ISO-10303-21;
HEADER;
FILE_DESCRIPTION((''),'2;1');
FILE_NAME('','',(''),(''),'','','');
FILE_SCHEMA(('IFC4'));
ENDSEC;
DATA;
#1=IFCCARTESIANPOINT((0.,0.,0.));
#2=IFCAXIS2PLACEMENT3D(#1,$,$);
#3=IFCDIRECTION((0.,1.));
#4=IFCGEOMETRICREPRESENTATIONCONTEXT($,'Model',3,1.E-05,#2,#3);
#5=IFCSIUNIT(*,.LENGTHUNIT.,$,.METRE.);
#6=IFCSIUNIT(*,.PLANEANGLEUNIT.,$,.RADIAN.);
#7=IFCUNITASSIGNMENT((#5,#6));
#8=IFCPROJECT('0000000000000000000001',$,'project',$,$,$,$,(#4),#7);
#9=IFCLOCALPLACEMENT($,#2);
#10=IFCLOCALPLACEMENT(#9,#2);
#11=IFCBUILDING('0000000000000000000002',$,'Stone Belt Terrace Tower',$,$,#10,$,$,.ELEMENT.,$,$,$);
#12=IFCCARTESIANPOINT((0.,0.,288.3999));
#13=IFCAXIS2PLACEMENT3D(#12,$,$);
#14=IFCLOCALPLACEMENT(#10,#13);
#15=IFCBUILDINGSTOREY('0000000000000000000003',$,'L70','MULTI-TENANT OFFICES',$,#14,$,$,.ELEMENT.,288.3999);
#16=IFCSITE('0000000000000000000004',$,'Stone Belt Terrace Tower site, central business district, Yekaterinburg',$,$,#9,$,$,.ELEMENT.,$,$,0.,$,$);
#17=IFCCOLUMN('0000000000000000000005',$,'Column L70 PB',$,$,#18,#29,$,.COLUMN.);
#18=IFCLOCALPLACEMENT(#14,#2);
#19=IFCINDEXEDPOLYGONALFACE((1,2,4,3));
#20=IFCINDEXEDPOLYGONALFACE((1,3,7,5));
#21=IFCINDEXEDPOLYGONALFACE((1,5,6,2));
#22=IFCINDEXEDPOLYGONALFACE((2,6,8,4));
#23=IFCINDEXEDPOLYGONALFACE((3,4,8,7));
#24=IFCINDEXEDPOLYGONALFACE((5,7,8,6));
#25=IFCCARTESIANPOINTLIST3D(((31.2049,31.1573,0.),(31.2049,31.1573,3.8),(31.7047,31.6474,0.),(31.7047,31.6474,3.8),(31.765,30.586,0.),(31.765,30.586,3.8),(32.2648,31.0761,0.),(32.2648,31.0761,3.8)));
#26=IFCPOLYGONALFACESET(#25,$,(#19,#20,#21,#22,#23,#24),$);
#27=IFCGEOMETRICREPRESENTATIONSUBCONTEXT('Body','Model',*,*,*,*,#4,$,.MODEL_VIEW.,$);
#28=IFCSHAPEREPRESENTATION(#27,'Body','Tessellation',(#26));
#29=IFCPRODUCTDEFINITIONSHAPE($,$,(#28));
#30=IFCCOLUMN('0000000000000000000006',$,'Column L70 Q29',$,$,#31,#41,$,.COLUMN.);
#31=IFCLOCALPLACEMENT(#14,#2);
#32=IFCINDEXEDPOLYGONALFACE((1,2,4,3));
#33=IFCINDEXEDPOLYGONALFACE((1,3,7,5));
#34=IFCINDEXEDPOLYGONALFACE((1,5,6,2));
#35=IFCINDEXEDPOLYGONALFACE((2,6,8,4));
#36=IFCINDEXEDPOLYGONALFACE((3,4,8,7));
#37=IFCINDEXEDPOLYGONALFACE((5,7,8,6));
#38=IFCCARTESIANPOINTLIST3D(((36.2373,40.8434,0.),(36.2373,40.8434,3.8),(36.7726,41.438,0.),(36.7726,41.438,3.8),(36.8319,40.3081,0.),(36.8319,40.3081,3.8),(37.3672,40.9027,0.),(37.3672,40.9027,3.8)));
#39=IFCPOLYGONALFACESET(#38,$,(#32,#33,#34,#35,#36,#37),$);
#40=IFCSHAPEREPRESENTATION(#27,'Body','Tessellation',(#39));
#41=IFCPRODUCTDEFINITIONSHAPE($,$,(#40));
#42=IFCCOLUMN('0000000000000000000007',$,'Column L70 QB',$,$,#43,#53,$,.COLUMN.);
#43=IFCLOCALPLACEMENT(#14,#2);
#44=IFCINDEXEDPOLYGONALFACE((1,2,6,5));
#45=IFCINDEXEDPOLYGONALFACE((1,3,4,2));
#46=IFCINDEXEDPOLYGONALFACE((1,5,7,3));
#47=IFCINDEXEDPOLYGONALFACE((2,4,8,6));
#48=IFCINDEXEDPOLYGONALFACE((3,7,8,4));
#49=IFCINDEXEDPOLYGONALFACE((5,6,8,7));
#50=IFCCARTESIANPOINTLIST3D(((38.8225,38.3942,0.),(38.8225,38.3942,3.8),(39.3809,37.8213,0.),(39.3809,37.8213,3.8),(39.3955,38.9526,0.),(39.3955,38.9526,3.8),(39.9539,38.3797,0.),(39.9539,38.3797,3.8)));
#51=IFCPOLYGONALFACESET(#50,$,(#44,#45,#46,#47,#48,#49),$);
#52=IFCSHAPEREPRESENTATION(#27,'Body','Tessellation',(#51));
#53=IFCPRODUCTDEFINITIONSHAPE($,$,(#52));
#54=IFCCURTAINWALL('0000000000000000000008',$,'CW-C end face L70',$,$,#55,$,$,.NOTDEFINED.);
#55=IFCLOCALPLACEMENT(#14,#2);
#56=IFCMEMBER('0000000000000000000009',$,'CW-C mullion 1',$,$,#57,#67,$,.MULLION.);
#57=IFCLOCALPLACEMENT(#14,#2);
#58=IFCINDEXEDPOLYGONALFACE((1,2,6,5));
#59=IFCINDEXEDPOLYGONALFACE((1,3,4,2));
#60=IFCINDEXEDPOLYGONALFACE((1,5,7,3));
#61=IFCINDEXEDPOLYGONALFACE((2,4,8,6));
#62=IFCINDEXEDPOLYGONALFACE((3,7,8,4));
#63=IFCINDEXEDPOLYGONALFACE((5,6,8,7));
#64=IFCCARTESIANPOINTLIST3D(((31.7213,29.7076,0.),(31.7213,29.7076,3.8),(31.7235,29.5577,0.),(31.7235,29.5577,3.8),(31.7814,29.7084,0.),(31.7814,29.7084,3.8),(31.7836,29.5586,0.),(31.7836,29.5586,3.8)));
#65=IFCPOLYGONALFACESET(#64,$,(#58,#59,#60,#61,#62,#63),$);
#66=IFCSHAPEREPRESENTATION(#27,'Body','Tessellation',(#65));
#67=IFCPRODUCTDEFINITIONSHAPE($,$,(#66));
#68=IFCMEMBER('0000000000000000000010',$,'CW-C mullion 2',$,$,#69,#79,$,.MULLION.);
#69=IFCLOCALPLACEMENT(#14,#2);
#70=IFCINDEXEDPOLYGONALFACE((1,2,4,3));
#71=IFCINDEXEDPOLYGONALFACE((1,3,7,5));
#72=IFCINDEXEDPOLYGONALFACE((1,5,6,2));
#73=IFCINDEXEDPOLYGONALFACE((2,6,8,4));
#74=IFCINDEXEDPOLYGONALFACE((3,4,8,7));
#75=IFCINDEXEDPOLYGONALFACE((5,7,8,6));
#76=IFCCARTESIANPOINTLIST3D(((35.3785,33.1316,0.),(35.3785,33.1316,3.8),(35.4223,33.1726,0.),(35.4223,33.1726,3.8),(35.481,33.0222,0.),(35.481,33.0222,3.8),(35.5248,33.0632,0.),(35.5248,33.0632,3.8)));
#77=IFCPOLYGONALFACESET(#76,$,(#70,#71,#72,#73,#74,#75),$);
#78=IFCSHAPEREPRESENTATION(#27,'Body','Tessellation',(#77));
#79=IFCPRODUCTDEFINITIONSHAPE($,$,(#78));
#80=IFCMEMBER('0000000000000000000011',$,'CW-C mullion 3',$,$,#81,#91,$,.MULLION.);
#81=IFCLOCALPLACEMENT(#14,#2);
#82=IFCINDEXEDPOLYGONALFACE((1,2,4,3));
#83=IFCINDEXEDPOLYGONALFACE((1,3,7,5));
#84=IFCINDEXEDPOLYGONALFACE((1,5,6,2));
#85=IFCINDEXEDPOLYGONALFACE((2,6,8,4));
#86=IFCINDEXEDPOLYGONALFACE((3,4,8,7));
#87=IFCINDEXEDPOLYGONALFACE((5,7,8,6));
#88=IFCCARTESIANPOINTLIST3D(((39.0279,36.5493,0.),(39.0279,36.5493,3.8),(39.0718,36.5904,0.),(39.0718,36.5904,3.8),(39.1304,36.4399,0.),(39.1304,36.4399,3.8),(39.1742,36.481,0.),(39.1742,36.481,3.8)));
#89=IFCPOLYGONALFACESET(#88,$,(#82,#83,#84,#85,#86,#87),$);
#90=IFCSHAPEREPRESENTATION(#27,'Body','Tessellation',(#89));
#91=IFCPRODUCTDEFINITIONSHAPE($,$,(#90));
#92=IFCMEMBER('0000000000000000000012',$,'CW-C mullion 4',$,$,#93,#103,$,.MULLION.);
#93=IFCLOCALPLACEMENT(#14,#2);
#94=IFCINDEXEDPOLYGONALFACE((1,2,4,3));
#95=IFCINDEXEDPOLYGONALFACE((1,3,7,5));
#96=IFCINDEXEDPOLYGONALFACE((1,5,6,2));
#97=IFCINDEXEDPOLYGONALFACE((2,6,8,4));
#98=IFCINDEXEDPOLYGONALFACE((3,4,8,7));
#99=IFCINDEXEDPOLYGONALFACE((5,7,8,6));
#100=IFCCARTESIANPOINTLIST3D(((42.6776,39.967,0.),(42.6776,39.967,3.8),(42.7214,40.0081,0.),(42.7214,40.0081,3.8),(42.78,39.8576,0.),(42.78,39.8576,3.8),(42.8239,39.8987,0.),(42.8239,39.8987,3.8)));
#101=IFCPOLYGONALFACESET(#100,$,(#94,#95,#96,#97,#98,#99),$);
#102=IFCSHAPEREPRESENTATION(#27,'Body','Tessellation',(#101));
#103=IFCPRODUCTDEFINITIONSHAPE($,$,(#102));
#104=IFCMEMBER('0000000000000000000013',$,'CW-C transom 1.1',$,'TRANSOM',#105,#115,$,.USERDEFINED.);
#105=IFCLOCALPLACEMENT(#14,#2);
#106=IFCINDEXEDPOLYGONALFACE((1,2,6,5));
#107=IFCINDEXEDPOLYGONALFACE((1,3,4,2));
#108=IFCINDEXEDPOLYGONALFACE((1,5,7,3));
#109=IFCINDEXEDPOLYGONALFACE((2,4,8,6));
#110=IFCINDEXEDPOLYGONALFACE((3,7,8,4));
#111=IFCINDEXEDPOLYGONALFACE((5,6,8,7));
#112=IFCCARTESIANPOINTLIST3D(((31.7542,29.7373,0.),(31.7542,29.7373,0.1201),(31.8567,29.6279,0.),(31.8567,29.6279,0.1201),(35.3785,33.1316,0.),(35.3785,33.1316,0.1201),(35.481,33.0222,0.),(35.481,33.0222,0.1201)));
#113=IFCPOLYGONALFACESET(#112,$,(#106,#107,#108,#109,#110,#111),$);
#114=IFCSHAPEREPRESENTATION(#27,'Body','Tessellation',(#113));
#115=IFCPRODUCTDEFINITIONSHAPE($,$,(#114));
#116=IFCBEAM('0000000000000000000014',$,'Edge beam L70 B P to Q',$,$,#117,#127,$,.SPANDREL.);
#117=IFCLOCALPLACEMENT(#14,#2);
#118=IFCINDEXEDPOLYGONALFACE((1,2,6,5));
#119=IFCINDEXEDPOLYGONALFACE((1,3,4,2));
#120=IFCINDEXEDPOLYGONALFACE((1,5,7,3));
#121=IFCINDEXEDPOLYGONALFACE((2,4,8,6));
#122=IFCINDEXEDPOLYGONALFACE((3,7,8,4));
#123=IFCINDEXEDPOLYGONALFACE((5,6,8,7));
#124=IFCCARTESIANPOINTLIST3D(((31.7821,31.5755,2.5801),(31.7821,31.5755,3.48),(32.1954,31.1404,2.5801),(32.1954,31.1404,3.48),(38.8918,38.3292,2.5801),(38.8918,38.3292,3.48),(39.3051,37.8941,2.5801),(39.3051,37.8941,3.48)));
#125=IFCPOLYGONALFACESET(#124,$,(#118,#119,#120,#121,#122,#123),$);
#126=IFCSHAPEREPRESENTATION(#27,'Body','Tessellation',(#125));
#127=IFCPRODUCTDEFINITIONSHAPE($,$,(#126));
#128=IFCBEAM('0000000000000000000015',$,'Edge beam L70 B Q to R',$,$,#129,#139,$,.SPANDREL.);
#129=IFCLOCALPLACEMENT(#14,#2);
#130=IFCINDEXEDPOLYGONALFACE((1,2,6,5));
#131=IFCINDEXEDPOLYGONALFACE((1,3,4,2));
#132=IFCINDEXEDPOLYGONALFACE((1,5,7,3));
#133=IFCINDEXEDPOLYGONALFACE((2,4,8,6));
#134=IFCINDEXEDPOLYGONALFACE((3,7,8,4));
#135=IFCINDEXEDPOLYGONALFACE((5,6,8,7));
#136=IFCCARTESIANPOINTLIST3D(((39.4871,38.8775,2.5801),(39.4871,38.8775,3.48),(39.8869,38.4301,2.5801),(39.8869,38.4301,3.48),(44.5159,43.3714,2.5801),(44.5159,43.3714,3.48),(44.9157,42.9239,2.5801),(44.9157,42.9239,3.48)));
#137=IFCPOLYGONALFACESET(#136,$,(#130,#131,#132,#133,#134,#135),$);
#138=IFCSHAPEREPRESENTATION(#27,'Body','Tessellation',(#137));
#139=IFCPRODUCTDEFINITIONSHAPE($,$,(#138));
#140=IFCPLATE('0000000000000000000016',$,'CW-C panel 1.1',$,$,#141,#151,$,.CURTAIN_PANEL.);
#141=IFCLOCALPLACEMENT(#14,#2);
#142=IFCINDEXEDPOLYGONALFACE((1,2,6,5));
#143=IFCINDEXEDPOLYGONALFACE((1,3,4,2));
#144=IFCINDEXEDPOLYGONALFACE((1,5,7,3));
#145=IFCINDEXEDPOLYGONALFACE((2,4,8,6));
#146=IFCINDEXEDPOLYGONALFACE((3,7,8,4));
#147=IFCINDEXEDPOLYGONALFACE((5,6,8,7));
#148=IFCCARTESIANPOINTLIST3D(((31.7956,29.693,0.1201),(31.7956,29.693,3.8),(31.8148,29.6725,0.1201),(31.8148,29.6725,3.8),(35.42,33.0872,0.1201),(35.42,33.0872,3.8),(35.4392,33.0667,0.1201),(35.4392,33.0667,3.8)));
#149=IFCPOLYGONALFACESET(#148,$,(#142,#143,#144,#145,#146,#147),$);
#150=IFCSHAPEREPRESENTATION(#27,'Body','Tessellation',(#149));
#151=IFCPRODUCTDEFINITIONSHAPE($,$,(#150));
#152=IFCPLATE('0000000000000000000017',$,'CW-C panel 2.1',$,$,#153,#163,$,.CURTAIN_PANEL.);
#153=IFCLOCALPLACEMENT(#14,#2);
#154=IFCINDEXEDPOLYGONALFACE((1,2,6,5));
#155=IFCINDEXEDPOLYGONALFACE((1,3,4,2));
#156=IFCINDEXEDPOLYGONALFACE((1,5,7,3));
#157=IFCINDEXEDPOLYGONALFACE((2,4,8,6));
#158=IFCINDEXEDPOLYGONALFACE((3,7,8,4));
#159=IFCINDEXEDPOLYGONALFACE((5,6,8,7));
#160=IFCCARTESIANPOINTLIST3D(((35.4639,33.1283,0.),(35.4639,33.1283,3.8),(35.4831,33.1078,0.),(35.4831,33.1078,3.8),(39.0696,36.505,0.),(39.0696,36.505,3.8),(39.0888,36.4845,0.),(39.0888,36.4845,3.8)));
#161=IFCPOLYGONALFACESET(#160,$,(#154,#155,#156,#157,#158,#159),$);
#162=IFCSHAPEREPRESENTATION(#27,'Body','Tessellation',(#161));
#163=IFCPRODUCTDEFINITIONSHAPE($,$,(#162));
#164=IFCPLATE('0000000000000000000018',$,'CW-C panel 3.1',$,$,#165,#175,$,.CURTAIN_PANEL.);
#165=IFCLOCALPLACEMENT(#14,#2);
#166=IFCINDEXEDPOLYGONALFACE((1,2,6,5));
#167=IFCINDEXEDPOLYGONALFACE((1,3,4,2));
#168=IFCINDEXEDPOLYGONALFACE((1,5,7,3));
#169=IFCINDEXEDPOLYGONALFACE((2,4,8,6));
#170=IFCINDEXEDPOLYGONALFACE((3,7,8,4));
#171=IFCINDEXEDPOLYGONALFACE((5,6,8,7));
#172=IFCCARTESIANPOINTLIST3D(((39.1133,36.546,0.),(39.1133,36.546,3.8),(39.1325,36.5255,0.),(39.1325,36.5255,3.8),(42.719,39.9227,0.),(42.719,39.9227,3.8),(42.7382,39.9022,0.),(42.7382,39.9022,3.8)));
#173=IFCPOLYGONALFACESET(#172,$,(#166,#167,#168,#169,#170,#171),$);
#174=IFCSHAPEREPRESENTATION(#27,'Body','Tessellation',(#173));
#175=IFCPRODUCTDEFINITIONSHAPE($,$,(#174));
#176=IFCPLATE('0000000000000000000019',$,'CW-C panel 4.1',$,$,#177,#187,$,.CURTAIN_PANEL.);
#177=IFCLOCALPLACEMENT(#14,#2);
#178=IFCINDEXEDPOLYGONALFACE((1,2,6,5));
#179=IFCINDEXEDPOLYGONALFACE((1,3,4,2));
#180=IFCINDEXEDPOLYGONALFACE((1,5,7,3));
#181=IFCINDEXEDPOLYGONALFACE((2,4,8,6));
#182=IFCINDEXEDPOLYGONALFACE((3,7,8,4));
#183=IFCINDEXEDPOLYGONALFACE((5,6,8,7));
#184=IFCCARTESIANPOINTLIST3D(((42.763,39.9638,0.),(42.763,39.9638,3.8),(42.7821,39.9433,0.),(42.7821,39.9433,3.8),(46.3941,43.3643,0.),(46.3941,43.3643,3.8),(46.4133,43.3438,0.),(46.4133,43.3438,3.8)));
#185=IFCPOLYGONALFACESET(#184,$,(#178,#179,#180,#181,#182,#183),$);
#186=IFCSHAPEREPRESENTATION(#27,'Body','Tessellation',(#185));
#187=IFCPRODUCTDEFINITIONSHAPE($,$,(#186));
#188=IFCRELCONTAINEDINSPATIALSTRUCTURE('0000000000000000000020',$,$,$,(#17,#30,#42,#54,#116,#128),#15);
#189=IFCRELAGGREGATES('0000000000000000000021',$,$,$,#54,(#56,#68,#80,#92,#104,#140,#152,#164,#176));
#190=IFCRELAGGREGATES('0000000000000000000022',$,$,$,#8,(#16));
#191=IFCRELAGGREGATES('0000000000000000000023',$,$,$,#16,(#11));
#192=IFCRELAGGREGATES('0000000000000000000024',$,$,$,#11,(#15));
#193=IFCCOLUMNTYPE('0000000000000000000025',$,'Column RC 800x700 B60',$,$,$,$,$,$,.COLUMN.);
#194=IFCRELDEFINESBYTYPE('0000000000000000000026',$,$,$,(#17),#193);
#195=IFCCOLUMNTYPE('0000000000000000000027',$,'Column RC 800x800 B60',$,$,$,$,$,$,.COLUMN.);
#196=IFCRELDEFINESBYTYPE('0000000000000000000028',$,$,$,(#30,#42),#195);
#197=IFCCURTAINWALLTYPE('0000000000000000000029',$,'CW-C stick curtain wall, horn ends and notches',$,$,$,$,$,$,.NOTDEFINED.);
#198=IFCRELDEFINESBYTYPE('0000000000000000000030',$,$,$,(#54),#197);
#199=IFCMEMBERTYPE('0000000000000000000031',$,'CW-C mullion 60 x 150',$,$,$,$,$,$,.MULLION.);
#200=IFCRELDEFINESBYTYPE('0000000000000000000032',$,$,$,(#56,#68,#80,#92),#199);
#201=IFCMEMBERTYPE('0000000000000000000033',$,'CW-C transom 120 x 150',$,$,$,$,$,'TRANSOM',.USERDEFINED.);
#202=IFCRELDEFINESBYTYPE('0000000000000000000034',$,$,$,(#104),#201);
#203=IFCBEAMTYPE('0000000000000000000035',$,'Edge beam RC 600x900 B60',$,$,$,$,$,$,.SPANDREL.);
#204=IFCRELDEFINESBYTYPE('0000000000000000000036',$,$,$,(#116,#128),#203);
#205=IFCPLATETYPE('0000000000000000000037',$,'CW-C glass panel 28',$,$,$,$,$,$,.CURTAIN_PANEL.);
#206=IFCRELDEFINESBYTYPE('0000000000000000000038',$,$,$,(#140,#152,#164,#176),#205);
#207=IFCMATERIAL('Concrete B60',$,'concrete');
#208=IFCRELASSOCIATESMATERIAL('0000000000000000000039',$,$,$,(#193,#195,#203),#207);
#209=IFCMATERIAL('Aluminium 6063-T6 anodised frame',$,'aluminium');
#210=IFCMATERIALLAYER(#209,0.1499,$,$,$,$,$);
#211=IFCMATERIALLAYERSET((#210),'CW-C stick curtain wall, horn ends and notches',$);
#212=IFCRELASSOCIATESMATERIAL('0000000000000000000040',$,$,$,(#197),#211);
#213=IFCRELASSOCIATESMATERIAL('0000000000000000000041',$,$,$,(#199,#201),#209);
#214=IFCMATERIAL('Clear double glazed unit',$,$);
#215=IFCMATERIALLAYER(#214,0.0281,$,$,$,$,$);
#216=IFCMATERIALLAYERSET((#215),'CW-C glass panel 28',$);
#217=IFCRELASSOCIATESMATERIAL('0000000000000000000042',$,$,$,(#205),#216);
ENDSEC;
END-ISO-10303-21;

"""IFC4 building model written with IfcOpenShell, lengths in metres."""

from ifc_helpers import new_model, si_unit, direction, frame, origin, origin_2d, place, context, subcontext, project, spatial, rectangle, extrude, material, layer, layer_set, material_profile, profile_set, type_object, element, aggregate, save


model = new_model("IFC4")

# Units and contexts
model_context = context("Model", 3, precision=1e-05, world=origin(), true_north=direction((0.0, 1.0)))
body_context = subcontext(model_context, "Body", "Model", "MODEL_VIEW")
ifc_project = project(units=[si_unit("LENGTHUNIT", "METRE"), si_unit("PLANEANGLEUNIT", "RADIAN")], contexts=[model_context])

# Site, building, storey
site_placement = place(None, origin())
site = spatial("IfcSite", under=ifc_project, at=site_placement, Name="Stone Belt Terrace Tower site, central business district, Yekaterinburg", CompositionType="ELEMENT", RefElevation=0.0)
building_placement = place(site_placement, origin())
building = spatial("IfcBuilding", under=site, at=building_placement, Name="Stone Belt Terrace Tower", CompositionType="ELEMENT")
storey_placement = place(building_placement, frame((0.0, 0.0, 288.3999)))
storey = spatial("IfcBuildingStorey", under=building, at=storey_placement, Name="L70", Description="MULTI-TENANT OFFICES", CompositionType="ELEMENT", Elevation=288.3999)

# Columns
ifc_material_1 = material(Name="Concrete B60", Category="concrete")
ifc_material_profile_1 = material_profile(ifc_material_1, rectangle(XDim=0.8, YDim=0.7, at=origin_2d()), Name="RC 800x700")
ifc_profile_set_1 = profile_set([ifc_material_profile_1], Name="Concrete B60")
column_type_1 = type_object("IfcColumnType", Name="Column RC 800x700 B60", PredefinedType="COLUMN", material=ifc_profile_set_1)
column_placement = place(storey_placement, frame((31.7349, 31.1167, 0.0), z_axis=(0.0, 0.0, 1.0), x_axis=(0.70012, -0.714026, 0.0)))
element("IfcColumn", 1, at=column_placement, inside=storey, type_object=column_type_1, Name="Column L70 PB", PredefinedType="COLUMN", context=body_context, shape_type="SweptSolid", body=[
    extrude(rectangle(XDim=0.8, YDim=0.7, at=origin_2d()), origin(), (0.0, 0.0, 1.0), 3.8),
])
ifc_material_profile_2 = material_profile(ifc_material_1, rectangle(XDim=0.8, YDim=0.8, at=origin_2d()), Name="RC 800x800")
ifc_profile_set_2 = profile_set([ifc_material_profile_2], Name="Concrete B60")
column_type_2 = type_object("IfcColumnType", Name="Column RC 800x800 B60", PredefinedType="COLUMN", material=ifc_profile_set_2)
for number, where, z_axis, x_axis, name in (
    (2, (36.8022, 40.873, 0.0), (0.0, 0.0, 1.0), (0.743145, -0.669131, 0.0), "Column L70 Q29"),
    (3, (39.3882, 38.387, 0.0), (0.0, 0.0, 1.0), (0.697944, -0.716152, 0.0), "Column L70 QB"),
):
    element("IfcColumn", number, at=place(storey_placement, frame(where, z_axis=z_axis, x_axis=x_axis)), inside=storey, type_object=column_type_2, Name=name, PredefinedType="COLUMN", context=body_context, shape_type="SweptSolid", body=[
        extrude(rectangle(XDim=0.8, YDim=0.8, at=origin_2d()), origin(), (0.0, 0.0, 1.0), 3.8),
    ])

# Curtain wall, members
ifc_material_2 = material(Name="Aluminium 6063-T6 anodised frame", Category="aluminium")
ifc_layer_1 = layer(ifc_material_2, 0.1499)
ifc_layer_set_1 = layer_set([ifc_layer_1], Name="CW-C stick curtain wall, horn ends and notches")
curtain_wall_type = type_object("IfcCurtainWallType", Name="CW-C stick curtain wall, horn ends and notches", PredefinedType="NOTDEFINED", material=ifc_layer_set_1)
curtain_wall_placement = place(storey_placement, origin())
curtain_wall = element("IfcCurtainWall", 4, at=curtain_wall_placement, inside=storey, type_object=curtain_wall_type, Name="CW-C end face L70", PredefinedType="NOTDEFINED")
ifc_material_profile_3 = material_profile(ifc_material_2, rectangle(XDim=0.1499, YDim=0.0601, at=origin_2d()), Name="Aluminium 6063-T6 60x150")
ifc_profile_set_3 = profile_set([ifc_material_profile_3], Name="Aluminium 6063-T6 anodised frame")
member_type_1 = type_object("IfcMemberType", Name="CW-C mullion 60 x 150", PredefinedType="MULLION", material=ifc_profile_set_3)
member_1_placement = place(storey_placement, frame((31.7524, 29.6331, 0.0), z_axis=(0.0, 0.0, 1.0), x_axis=(-0.014682, 0.999892, 0.0)))
member_1 = element("IfcMember", 5, at=member_1_placement, type_object=member_type_1, Name="CW-C mullion 1", PredefinedType="MULLION", context=body_context, shape_type="SweptSolid", body=[
    extrude(rectangle(XDim=0.1499, YDim=0.0601, at=origin_2d()), origin(), (0.0, 0.0, 1.0), 3.8),
])
member_2_placement = place(storey_placement, frame((35.4517, 33.0974, 0.0), z_axis=(0.0, 0.0, 1.0), x_axis=(-0.683549, 0.729904, 0.0)))
member_2 = element("IfcMember", 6, at=member_2_placement, type_object=member_type_1, Name="CW-C mullion 2", PredefinedType="MULLION", context=body_context, shape_type="SweptSolid", body=[
    extrude(rectangle(XDim=0.1499, YDim=0.0601, at=origin_2d()), origin(), (0.0, 0.0, 1.0), 3.8),
])
member_3_placement = place(storey_placement, frame((39.1011, 36.5151, 0.0), z_axis=(0.0, 0.0, 1.0), x_axis=(-0.683549, 0.729904, 0.0)))
member_3 = element("IfcMember", 7, at=member_3_placement, type_object=member_type_1, Name="CW-C mullion 3", PredefinedType="MULLION", context=body_context, shape_type="SweptSolid", body=[
    extrude(rectangle(XDim=0.1499, YDim=0.0601, at=origin_2d()), origin(), (0.0, 0.0, 1.0), 3.8),
])
member_4_placement = place(storey_placement, frame((42.7507, 39.9329, 0.0), z_axis=(0.0, 0.0, 1.0), x_axis=(-0.683549, 0.729904, 0.0)))
member_4 = element("IfcMember", 8, at=member_4_placement, type_object=member_type_1, Name="CW-C mullion 4", PredefinedType="MULLION", context=body_context, shape_type="SweptSolid", body=[
    extrude(rectangle(XDim=0.1499, YDim=0.0601, at=origin_2d()), origin(), (0.0, 0.0, 1.0), 3.8),
])
ifc_material_profile_4 = material_profile(ifc_material_2, rectangle(XDim=0.1499, YDim=0.1201, at=origin_2d()), Name="Aluminium 6063-T6 150x120")
ifc_profile_set_4 = profile_set([ifc_material_profile_4], Name="Aluminium 6063-T6 anodised frame")
member_type_2 = type_object("IfcMemberType", Name="CW-C transom 120 x 150", ElementType="TRANSOM", PredefinedType="USERDEFINED", material=ifc_profile_set_4)
member_5_placement = place(storey_placement, frame((31.8054, 29.6826, 0.0601), z_axis=(0.729885, 0.68357, 0.0), x_axis=(-0.68357, 0.729885, 0.0)))
member_5 = element("IfcMember", 9, at=member_5_placement, type_object=member_type_2, Name="CW-C transom 1.1", ObjectType="TRANSOM", PredefinedType="USERDEFINED", context=body_context, shape_type="SweptSolid", body=[
    extrude(rectangle(XDim=0.1499, YDim=0.1201, at=origin_2d()), origin(), (0.0, 0.0, 1.0), 4.9656),
])

# Beams
ifc_material_profile_5 = material_profile(ifc_material_1, rectangle(XDim=0.6001, YDim=0.8999, at=origin_2d()), Name="RC 600x900")
ifc_profile_set_5 = profile_set([ifc_material_profile_5], Name="Concrete B60")
beam_type = type_object("IfcBeamType", Name="Edge beam RC 600x900 B60", PredefinedType="SPANDREL", material=ifc_profile_set_5)
beam_1_placement = place(storey_placement, frame((31.9888, 31.3579, 3.03), z_axis=(0.725024, 0.688724, 0.0), x_axis=(-0.688724, 0.725024, 0.0)))
element("IfcBeam", 10, at=beam_1_placement, inside=storey, type_object=beam_type, Name="Edge beam L70 B P to Q", PredefinedType="SPANDREL", context=body_context, shape_type="SweptSolid", body=[
    extrude(rectangle(XDim=0.6001, YDim=0.8999, at=origin_2d()), origin(), (0.0, 0.0, 1.0), 9.8062),
])
beam_2_placement = place(storey_placement, frame((39.687, 38.6538, 3.03), z_axis=(0.745651, 0.666337, 0.0), x_axis=(-0.666337, 0.745651, 0.0)))
element("IfcBeam", 11, at=beam_2_placement, inside=storey, type_object=beam_type, Name="Edge beam L70 B Q to R", PredefinedType="SPANDREL", context=body_context, shape_type="SweptSolid", body=[
    extrude(rectangle(XDim=0.6001, YDim=0.8999, at=origin_2d()), origin(), (0.0, 0.0, 1.0), 6.7441),
])

# Plates
ifc_material_3 = material(Name="Clear double glazed unit")
ifc_layer_2 = layer(ifc_material_3, 0.0281)
ifc_layer_set_2 = layer_set([ifc_layer_2], Name="CW-C glass panel 28")
plate_type = type_object("IfcPlateType", Name="CW-C glass panel 28", PredefinedType="CURTAIN_PANEL", material=ifc_layer_set_2)
plate_1_placement = place(storey_placement, frame((33.6174, 31.3799, 0.1201), z_axis=(0.0, 0.0, 1.0), x_axis=(0.729904, 0.683549, 0.0)))
plate_1 = element("IfcPlate", 12, at=plate_1_placement, type_object=plate_type, Name="CW-C panel 1.1", PredefinedType="CURTAIN_PANEL", context=body_context, shape_type="SweptSolid", body=[
    extrude(rectangle(XDim=4.9656, YDim=0.0281, at=origin_2d()), origin(), (0.0, 0.0, 1.0), 3.6799),
])
plate_2_placement = place(storey_placement, frame((37.2764, 34.8064, 0.0), z_axis=(0.0, 0.0, 1.0), x_axis=(0.729904, 0.683549, 0.0)))
plate_2 = element("IfcPlate", 13, at=plate_2_placement, type_object=plate_type, Name="CW-C panel 2.1", PredefinedType="CURTAIN_PANEL", context=body_context, shape_type="SweptSolid", body=[
    extrude(rectangle(XDim=4.9399, YDim=0.0281, at=origin_2d()), origin(), (0.0, 0.0, 1.0), 3.8),
])
plate_3_placement = place(storey_placement, frame((40.9258, 38.2241, 0.0), z_axis=(0.0, 0.0, 1.0), x_axis=(0.729904, 0.683549, 0.0)))
plate_3 = element("IfcPlate", 14, at=plate_3_placement, type_object=plate_type, Name="CW-C panel 3.1", PredefinedType="CURTAIN_PANEL", context=body_context, shape_type="SweptSolid", body=[
    extrude(rectangle(XDim=4.9399, YDim=0.0281, at=origin_2d()), origin(), (0.0, 0.0, 1.0), 3.8),
])
plate_4_placement = place(storey_placement, frame((44.5881, 41.6538, 0.0), z_axis=(0.0, 0.0, 1.0), x_axis=(0.729904, 0.683549, 0.0)))
plate_4 = element("IfcPlate", 15, at=plate_4_placement, type_object=plate_type, Name="CW-C panel 4.1", PredefinedType="CURTAIN_PANEL", context=body_context, shape_type="SweptSolid", body=[
    extrude(rectangle(XDim=4.9749, YDim=0.0281, at=origin_2d()), origin(), (0.0, 0.0, 1.0), 3.8),
])
aggregate(curtain_wall, [member_1, member_2, member_3, member_4, member_5, plate_1, plate_2, plate_3, plate_4])

save(model, "model.ifc")
